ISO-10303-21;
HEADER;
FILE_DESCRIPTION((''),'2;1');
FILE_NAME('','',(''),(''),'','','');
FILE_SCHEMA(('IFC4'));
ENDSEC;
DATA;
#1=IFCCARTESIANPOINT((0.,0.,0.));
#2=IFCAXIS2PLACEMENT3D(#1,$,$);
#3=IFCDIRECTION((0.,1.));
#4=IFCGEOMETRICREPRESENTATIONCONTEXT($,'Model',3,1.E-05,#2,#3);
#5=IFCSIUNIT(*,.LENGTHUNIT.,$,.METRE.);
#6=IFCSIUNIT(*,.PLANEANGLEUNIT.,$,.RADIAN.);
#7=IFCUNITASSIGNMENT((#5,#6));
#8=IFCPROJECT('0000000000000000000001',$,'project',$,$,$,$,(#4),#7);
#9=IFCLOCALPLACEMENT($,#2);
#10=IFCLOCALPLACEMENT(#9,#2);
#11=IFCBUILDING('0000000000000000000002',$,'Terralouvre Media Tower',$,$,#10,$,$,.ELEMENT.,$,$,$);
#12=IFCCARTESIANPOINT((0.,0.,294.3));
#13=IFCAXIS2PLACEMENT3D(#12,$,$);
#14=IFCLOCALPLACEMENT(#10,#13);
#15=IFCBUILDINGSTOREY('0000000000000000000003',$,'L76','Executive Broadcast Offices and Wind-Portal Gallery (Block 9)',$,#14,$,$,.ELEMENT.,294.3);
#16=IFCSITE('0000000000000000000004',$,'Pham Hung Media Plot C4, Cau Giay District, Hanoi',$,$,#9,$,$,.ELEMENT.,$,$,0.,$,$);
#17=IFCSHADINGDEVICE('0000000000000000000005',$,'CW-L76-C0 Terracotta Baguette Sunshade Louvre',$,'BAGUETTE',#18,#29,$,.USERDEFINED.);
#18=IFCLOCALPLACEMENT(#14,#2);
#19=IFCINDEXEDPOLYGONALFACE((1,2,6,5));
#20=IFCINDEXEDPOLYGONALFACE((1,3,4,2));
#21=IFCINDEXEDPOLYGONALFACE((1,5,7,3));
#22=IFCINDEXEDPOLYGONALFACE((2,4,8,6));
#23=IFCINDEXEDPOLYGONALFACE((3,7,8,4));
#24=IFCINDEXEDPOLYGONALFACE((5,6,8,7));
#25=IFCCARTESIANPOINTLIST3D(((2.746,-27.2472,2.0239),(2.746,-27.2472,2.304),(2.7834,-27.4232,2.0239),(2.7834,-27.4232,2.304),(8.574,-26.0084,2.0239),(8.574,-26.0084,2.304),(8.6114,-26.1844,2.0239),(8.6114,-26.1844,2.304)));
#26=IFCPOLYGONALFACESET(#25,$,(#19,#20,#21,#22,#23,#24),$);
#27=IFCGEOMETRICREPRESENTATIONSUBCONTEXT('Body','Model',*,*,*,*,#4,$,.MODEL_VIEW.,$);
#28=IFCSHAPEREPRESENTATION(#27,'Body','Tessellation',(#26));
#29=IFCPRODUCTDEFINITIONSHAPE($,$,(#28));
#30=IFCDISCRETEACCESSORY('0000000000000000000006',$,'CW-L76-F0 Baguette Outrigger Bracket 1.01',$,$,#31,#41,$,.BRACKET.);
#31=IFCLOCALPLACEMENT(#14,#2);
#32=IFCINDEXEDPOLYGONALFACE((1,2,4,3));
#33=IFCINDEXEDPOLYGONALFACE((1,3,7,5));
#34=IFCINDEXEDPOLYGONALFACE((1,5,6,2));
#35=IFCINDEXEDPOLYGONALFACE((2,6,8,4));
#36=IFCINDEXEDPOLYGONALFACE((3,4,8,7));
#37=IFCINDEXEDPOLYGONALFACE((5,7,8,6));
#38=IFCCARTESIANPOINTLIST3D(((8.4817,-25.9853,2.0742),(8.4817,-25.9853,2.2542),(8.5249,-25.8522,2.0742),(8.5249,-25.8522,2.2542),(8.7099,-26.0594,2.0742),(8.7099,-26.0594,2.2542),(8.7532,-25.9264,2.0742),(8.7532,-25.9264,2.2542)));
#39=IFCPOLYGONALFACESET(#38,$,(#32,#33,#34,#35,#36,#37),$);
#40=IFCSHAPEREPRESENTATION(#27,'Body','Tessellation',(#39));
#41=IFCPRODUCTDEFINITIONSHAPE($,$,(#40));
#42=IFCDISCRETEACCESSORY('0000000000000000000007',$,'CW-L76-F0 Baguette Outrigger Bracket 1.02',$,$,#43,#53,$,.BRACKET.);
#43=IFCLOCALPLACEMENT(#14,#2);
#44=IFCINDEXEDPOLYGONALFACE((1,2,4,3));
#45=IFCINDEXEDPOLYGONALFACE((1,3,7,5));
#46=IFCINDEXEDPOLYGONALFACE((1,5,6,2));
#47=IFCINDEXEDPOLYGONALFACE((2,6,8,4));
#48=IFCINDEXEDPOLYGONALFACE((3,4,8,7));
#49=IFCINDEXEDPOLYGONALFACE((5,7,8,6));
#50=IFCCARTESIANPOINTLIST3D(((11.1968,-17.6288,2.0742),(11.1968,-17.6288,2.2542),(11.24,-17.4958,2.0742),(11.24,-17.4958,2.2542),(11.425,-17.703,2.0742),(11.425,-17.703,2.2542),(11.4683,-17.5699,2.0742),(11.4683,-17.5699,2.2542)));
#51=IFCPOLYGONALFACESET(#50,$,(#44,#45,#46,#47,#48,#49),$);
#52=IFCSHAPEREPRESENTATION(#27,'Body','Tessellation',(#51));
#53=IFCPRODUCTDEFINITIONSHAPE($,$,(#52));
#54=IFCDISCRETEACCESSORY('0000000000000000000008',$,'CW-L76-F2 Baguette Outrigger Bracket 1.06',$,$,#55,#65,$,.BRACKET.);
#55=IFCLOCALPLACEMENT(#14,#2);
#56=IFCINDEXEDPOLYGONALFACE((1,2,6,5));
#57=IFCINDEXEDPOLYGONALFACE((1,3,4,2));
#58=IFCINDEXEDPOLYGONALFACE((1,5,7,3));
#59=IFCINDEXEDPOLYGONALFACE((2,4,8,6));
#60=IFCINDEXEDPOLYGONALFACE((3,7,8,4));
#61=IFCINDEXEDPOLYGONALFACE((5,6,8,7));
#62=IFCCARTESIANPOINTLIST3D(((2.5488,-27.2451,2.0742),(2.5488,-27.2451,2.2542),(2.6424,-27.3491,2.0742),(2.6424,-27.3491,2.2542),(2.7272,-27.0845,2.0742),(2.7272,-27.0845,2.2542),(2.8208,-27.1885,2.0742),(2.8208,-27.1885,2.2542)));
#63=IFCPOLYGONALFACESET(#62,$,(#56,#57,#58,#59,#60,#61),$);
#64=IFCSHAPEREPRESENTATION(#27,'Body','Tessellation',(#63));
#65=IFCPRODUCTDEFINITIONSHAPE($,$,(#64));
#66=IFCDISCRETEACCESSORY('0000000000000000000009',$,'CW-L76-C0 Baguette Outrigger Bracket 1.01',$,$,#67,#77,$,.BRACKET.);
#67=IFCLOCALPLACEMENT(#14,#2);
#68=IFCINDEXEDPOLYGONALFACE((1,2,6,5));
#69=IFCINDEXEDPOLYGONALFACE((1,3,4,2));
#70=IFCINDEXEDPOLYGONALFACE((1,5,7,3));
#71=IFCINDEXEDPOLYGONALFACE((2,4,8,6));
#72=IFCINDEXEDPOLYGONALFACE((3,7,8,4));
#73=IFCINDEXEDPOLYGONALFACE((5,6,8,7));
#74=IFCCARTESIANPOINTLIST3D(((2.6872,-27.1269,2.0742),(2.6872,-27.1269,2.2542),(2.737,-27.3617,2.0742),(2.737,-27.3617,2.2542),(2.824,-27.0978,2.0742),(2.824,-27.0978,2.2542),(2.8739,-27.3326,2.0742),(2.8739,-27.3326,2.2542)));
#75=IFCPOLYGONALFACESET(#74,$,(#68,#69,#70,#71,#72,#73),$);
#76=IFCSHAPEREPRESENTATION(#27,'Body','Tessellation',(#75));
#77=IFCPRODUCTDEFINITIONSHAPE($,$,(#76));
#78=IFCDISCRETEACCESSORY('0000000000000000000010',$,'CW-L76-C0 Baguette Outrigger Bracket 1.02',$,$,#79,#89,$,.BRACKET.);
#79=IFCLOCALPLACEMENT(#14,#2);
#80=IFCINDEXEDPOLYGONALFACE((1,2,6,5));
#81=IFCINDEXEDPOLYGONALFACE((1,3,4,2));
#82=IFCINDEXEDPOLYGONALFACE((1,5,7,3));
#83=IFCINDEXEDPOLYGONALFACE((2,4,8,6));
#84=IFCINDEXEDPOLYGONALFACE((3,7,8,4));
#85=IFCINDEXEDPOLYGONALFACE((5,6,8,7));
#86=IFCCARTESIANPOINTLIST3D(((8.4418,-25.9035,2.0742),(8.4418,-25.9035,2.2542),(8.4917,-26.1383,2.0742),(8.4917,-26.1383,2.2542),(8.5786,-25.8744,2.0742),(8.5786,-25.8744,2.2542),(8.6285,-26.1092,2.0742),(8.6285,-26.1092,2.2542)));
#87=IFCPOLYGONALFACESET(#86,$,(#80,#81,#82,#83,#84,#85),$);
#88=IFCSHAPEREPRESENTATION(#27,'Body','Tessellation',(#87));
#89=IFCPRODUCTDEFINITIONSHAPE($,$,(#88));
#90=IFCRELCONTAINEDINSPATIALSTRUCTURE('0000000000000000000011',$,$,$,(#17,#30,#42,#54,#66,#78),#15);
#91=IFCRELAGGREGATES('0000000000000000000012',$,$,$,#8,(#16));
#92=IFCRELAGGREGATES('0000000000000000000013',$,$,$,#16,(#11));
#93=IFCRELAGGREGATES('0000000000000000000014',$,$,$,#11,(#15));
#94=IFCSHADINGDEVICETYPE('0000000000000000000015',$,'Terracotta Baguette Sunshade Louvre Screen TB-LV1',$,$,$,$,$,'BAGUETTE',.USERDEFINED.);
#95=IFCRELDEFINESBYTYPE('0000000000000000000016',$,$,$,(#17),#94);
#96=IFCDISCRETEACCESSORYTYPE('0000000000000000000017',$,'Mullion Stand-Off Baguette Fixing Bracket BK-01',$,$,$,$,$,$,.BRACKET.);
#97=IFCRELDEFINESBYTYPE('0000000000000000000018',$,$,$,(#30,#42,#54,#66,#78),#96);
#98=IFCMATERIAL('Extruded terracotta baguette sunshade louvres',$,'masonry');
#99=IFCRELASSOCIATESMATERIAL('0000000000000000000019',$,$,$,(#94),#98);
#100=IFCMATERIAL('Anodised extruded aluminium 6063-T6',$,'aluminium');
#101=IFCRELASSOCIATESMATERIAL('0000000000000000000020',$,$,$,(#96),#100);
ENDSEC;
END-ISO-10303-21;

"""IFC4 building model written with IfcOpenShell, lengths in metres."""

from ifc_helpers import new_model, si_unit, direction, frame, origin, origin_2d, place, context, subcontext, project, spatial, rectangle, extrude, material, type_object, element, save


model = new_model("IFC4")

# Units and contexts
model_context = context("Model", 3, precision=1e-05, world=origin(), true_north=direction((0.0, 1.0)))
body_context = subcontext(model_context, "Body", "Model", "MODEL_VIEW")
ifc_project = project(units=[si_unit("LENGTHUNIT", "METRE"), si_unit("PLANEANGLEUNIT", "RADIAN")], contexts=[model_context])

# Site, building, storey
site_placement = place(None, origin())
site = spatial("IfcSite", under=ifc_project, at=site_placement, Name="Pham Hung Media Plot C4, Cau Giay District, Hanoi", CompositionType="ELEMENT", RefElevation=0.0)
building_placement = place(site_placement, origin())
building = spatial("IfcBuilding", under=site, at=building_placement, Name="Terralouvre Media Tower", CompositionType="ELEMENT")
storey_placement = place(building_placement, frame((0.0, 0.0, 294.3)))
storey = spatial("IfcBuildingStorey", under=building, at=storey_placement, Name="L76", Description="Executive Broadcast Offices and Wind-Portal Gallery (Block 9)", CompositionType="ELEMENT", Elevation=294.3)

# Shading device
ifc_material_1 = material(Name="Extruded terracotta baguette sunshade louvres", Category="masonry")
shading_device_type = type_object("IfcShadingDeviceType", Name="Terracotta Baguette Sunshade Louvre Screen TB-LV1", ElementType="BAGUETTE", PredefinedType="USERDEFINED", material=ifc_material_1)
shading_device_placement = place(storey_placement, frame((5.6787, -26.7158, 2.0239), z_axis=(0.0, 0.0, 1.0), x_axis=(0.978148, 0.207912, 0.0)))
element("IfcShadingDevice", 1, at=shading_device_placement, inside=storey, type_object=shading_device_type, Name="CW-L76-C0 Terracotta Baguette Sunshade Louvre", ObjectType="BAGUETTE", PredefinedType="USERDEFINED", context=body_context, shape_type="SweptSolid", body=[
    extrude(rectangle(XDim=5.9583, YDim=0.1799, at=origin_2d()), origin(), (0.0, 0.0, 1.0), 0.28),
])

# Discrete accessories
ifc_material_2 = material(Name="Anodised extruded aluminium 6063-T6", Category="aluminium")
discrete_accessory_type = type_object("IfcDiscreteAccessoryType", Name="Mullion Stand-Off Baguette Fixing Bracket BK-01", PredefinedType="BRACKET", material=ifc_material_2)
for number, where, z_axis, x_axis, name in (
    (2, (8.6174, -25.9558, 2.0742), (0.0, 0.0, 1.0), (0.309017, 0.951057, 0.0), "CW-L76-F0 Baguette Outrigger Bracket 1.01"),
    (3, (11.3325, -17.5994, 2.0742), (0.0, 0.0, 1.0), (0.309017, 0.951057, 0.0), "CW-L76-F0 Baguette Outrigger Bracket 1.02"),
    (4, (2.6848, -27.2168, 2.0742), (0.0, 0.0, 1.0), (0.669131, -0.743145, 0.0), "CW-L76-F2 Baguette Outrigger Bracket 1.06"),
    (5, (2.7805, -27.2297, 2.0742), (0.0, 0.0, 1.0), (0.978148, 0.207912, 0.0), "CW-L76-C0 Baguette Outrigger Bracket 1.01"),
    (6, (8.5352, -26.0063, 2.0742), (0.0, 0.0, 1.0), (0.978148, 0.207912, 0.0), "CW-L76-C0 Baguette Outrigger Bracket 1.02"),
):
    element("IfcDiscreteAccessory", number, at=place(storey_placement, frame(where, z_axis=z_axis, x_axis=x_axis)), inside=storey, type_object=discrete_accessory_type, Name=name, PredefinedType="BRACKET", context=body_context, shape_type="SweptSolid", body=[
        extrude(rectangle(XDim=0.1399, YDim=0.24, at=origin_2d()), origin(), (0.0, 0.0, 1.0), 0.1799),
    ])

save(model, "model.ifc")
